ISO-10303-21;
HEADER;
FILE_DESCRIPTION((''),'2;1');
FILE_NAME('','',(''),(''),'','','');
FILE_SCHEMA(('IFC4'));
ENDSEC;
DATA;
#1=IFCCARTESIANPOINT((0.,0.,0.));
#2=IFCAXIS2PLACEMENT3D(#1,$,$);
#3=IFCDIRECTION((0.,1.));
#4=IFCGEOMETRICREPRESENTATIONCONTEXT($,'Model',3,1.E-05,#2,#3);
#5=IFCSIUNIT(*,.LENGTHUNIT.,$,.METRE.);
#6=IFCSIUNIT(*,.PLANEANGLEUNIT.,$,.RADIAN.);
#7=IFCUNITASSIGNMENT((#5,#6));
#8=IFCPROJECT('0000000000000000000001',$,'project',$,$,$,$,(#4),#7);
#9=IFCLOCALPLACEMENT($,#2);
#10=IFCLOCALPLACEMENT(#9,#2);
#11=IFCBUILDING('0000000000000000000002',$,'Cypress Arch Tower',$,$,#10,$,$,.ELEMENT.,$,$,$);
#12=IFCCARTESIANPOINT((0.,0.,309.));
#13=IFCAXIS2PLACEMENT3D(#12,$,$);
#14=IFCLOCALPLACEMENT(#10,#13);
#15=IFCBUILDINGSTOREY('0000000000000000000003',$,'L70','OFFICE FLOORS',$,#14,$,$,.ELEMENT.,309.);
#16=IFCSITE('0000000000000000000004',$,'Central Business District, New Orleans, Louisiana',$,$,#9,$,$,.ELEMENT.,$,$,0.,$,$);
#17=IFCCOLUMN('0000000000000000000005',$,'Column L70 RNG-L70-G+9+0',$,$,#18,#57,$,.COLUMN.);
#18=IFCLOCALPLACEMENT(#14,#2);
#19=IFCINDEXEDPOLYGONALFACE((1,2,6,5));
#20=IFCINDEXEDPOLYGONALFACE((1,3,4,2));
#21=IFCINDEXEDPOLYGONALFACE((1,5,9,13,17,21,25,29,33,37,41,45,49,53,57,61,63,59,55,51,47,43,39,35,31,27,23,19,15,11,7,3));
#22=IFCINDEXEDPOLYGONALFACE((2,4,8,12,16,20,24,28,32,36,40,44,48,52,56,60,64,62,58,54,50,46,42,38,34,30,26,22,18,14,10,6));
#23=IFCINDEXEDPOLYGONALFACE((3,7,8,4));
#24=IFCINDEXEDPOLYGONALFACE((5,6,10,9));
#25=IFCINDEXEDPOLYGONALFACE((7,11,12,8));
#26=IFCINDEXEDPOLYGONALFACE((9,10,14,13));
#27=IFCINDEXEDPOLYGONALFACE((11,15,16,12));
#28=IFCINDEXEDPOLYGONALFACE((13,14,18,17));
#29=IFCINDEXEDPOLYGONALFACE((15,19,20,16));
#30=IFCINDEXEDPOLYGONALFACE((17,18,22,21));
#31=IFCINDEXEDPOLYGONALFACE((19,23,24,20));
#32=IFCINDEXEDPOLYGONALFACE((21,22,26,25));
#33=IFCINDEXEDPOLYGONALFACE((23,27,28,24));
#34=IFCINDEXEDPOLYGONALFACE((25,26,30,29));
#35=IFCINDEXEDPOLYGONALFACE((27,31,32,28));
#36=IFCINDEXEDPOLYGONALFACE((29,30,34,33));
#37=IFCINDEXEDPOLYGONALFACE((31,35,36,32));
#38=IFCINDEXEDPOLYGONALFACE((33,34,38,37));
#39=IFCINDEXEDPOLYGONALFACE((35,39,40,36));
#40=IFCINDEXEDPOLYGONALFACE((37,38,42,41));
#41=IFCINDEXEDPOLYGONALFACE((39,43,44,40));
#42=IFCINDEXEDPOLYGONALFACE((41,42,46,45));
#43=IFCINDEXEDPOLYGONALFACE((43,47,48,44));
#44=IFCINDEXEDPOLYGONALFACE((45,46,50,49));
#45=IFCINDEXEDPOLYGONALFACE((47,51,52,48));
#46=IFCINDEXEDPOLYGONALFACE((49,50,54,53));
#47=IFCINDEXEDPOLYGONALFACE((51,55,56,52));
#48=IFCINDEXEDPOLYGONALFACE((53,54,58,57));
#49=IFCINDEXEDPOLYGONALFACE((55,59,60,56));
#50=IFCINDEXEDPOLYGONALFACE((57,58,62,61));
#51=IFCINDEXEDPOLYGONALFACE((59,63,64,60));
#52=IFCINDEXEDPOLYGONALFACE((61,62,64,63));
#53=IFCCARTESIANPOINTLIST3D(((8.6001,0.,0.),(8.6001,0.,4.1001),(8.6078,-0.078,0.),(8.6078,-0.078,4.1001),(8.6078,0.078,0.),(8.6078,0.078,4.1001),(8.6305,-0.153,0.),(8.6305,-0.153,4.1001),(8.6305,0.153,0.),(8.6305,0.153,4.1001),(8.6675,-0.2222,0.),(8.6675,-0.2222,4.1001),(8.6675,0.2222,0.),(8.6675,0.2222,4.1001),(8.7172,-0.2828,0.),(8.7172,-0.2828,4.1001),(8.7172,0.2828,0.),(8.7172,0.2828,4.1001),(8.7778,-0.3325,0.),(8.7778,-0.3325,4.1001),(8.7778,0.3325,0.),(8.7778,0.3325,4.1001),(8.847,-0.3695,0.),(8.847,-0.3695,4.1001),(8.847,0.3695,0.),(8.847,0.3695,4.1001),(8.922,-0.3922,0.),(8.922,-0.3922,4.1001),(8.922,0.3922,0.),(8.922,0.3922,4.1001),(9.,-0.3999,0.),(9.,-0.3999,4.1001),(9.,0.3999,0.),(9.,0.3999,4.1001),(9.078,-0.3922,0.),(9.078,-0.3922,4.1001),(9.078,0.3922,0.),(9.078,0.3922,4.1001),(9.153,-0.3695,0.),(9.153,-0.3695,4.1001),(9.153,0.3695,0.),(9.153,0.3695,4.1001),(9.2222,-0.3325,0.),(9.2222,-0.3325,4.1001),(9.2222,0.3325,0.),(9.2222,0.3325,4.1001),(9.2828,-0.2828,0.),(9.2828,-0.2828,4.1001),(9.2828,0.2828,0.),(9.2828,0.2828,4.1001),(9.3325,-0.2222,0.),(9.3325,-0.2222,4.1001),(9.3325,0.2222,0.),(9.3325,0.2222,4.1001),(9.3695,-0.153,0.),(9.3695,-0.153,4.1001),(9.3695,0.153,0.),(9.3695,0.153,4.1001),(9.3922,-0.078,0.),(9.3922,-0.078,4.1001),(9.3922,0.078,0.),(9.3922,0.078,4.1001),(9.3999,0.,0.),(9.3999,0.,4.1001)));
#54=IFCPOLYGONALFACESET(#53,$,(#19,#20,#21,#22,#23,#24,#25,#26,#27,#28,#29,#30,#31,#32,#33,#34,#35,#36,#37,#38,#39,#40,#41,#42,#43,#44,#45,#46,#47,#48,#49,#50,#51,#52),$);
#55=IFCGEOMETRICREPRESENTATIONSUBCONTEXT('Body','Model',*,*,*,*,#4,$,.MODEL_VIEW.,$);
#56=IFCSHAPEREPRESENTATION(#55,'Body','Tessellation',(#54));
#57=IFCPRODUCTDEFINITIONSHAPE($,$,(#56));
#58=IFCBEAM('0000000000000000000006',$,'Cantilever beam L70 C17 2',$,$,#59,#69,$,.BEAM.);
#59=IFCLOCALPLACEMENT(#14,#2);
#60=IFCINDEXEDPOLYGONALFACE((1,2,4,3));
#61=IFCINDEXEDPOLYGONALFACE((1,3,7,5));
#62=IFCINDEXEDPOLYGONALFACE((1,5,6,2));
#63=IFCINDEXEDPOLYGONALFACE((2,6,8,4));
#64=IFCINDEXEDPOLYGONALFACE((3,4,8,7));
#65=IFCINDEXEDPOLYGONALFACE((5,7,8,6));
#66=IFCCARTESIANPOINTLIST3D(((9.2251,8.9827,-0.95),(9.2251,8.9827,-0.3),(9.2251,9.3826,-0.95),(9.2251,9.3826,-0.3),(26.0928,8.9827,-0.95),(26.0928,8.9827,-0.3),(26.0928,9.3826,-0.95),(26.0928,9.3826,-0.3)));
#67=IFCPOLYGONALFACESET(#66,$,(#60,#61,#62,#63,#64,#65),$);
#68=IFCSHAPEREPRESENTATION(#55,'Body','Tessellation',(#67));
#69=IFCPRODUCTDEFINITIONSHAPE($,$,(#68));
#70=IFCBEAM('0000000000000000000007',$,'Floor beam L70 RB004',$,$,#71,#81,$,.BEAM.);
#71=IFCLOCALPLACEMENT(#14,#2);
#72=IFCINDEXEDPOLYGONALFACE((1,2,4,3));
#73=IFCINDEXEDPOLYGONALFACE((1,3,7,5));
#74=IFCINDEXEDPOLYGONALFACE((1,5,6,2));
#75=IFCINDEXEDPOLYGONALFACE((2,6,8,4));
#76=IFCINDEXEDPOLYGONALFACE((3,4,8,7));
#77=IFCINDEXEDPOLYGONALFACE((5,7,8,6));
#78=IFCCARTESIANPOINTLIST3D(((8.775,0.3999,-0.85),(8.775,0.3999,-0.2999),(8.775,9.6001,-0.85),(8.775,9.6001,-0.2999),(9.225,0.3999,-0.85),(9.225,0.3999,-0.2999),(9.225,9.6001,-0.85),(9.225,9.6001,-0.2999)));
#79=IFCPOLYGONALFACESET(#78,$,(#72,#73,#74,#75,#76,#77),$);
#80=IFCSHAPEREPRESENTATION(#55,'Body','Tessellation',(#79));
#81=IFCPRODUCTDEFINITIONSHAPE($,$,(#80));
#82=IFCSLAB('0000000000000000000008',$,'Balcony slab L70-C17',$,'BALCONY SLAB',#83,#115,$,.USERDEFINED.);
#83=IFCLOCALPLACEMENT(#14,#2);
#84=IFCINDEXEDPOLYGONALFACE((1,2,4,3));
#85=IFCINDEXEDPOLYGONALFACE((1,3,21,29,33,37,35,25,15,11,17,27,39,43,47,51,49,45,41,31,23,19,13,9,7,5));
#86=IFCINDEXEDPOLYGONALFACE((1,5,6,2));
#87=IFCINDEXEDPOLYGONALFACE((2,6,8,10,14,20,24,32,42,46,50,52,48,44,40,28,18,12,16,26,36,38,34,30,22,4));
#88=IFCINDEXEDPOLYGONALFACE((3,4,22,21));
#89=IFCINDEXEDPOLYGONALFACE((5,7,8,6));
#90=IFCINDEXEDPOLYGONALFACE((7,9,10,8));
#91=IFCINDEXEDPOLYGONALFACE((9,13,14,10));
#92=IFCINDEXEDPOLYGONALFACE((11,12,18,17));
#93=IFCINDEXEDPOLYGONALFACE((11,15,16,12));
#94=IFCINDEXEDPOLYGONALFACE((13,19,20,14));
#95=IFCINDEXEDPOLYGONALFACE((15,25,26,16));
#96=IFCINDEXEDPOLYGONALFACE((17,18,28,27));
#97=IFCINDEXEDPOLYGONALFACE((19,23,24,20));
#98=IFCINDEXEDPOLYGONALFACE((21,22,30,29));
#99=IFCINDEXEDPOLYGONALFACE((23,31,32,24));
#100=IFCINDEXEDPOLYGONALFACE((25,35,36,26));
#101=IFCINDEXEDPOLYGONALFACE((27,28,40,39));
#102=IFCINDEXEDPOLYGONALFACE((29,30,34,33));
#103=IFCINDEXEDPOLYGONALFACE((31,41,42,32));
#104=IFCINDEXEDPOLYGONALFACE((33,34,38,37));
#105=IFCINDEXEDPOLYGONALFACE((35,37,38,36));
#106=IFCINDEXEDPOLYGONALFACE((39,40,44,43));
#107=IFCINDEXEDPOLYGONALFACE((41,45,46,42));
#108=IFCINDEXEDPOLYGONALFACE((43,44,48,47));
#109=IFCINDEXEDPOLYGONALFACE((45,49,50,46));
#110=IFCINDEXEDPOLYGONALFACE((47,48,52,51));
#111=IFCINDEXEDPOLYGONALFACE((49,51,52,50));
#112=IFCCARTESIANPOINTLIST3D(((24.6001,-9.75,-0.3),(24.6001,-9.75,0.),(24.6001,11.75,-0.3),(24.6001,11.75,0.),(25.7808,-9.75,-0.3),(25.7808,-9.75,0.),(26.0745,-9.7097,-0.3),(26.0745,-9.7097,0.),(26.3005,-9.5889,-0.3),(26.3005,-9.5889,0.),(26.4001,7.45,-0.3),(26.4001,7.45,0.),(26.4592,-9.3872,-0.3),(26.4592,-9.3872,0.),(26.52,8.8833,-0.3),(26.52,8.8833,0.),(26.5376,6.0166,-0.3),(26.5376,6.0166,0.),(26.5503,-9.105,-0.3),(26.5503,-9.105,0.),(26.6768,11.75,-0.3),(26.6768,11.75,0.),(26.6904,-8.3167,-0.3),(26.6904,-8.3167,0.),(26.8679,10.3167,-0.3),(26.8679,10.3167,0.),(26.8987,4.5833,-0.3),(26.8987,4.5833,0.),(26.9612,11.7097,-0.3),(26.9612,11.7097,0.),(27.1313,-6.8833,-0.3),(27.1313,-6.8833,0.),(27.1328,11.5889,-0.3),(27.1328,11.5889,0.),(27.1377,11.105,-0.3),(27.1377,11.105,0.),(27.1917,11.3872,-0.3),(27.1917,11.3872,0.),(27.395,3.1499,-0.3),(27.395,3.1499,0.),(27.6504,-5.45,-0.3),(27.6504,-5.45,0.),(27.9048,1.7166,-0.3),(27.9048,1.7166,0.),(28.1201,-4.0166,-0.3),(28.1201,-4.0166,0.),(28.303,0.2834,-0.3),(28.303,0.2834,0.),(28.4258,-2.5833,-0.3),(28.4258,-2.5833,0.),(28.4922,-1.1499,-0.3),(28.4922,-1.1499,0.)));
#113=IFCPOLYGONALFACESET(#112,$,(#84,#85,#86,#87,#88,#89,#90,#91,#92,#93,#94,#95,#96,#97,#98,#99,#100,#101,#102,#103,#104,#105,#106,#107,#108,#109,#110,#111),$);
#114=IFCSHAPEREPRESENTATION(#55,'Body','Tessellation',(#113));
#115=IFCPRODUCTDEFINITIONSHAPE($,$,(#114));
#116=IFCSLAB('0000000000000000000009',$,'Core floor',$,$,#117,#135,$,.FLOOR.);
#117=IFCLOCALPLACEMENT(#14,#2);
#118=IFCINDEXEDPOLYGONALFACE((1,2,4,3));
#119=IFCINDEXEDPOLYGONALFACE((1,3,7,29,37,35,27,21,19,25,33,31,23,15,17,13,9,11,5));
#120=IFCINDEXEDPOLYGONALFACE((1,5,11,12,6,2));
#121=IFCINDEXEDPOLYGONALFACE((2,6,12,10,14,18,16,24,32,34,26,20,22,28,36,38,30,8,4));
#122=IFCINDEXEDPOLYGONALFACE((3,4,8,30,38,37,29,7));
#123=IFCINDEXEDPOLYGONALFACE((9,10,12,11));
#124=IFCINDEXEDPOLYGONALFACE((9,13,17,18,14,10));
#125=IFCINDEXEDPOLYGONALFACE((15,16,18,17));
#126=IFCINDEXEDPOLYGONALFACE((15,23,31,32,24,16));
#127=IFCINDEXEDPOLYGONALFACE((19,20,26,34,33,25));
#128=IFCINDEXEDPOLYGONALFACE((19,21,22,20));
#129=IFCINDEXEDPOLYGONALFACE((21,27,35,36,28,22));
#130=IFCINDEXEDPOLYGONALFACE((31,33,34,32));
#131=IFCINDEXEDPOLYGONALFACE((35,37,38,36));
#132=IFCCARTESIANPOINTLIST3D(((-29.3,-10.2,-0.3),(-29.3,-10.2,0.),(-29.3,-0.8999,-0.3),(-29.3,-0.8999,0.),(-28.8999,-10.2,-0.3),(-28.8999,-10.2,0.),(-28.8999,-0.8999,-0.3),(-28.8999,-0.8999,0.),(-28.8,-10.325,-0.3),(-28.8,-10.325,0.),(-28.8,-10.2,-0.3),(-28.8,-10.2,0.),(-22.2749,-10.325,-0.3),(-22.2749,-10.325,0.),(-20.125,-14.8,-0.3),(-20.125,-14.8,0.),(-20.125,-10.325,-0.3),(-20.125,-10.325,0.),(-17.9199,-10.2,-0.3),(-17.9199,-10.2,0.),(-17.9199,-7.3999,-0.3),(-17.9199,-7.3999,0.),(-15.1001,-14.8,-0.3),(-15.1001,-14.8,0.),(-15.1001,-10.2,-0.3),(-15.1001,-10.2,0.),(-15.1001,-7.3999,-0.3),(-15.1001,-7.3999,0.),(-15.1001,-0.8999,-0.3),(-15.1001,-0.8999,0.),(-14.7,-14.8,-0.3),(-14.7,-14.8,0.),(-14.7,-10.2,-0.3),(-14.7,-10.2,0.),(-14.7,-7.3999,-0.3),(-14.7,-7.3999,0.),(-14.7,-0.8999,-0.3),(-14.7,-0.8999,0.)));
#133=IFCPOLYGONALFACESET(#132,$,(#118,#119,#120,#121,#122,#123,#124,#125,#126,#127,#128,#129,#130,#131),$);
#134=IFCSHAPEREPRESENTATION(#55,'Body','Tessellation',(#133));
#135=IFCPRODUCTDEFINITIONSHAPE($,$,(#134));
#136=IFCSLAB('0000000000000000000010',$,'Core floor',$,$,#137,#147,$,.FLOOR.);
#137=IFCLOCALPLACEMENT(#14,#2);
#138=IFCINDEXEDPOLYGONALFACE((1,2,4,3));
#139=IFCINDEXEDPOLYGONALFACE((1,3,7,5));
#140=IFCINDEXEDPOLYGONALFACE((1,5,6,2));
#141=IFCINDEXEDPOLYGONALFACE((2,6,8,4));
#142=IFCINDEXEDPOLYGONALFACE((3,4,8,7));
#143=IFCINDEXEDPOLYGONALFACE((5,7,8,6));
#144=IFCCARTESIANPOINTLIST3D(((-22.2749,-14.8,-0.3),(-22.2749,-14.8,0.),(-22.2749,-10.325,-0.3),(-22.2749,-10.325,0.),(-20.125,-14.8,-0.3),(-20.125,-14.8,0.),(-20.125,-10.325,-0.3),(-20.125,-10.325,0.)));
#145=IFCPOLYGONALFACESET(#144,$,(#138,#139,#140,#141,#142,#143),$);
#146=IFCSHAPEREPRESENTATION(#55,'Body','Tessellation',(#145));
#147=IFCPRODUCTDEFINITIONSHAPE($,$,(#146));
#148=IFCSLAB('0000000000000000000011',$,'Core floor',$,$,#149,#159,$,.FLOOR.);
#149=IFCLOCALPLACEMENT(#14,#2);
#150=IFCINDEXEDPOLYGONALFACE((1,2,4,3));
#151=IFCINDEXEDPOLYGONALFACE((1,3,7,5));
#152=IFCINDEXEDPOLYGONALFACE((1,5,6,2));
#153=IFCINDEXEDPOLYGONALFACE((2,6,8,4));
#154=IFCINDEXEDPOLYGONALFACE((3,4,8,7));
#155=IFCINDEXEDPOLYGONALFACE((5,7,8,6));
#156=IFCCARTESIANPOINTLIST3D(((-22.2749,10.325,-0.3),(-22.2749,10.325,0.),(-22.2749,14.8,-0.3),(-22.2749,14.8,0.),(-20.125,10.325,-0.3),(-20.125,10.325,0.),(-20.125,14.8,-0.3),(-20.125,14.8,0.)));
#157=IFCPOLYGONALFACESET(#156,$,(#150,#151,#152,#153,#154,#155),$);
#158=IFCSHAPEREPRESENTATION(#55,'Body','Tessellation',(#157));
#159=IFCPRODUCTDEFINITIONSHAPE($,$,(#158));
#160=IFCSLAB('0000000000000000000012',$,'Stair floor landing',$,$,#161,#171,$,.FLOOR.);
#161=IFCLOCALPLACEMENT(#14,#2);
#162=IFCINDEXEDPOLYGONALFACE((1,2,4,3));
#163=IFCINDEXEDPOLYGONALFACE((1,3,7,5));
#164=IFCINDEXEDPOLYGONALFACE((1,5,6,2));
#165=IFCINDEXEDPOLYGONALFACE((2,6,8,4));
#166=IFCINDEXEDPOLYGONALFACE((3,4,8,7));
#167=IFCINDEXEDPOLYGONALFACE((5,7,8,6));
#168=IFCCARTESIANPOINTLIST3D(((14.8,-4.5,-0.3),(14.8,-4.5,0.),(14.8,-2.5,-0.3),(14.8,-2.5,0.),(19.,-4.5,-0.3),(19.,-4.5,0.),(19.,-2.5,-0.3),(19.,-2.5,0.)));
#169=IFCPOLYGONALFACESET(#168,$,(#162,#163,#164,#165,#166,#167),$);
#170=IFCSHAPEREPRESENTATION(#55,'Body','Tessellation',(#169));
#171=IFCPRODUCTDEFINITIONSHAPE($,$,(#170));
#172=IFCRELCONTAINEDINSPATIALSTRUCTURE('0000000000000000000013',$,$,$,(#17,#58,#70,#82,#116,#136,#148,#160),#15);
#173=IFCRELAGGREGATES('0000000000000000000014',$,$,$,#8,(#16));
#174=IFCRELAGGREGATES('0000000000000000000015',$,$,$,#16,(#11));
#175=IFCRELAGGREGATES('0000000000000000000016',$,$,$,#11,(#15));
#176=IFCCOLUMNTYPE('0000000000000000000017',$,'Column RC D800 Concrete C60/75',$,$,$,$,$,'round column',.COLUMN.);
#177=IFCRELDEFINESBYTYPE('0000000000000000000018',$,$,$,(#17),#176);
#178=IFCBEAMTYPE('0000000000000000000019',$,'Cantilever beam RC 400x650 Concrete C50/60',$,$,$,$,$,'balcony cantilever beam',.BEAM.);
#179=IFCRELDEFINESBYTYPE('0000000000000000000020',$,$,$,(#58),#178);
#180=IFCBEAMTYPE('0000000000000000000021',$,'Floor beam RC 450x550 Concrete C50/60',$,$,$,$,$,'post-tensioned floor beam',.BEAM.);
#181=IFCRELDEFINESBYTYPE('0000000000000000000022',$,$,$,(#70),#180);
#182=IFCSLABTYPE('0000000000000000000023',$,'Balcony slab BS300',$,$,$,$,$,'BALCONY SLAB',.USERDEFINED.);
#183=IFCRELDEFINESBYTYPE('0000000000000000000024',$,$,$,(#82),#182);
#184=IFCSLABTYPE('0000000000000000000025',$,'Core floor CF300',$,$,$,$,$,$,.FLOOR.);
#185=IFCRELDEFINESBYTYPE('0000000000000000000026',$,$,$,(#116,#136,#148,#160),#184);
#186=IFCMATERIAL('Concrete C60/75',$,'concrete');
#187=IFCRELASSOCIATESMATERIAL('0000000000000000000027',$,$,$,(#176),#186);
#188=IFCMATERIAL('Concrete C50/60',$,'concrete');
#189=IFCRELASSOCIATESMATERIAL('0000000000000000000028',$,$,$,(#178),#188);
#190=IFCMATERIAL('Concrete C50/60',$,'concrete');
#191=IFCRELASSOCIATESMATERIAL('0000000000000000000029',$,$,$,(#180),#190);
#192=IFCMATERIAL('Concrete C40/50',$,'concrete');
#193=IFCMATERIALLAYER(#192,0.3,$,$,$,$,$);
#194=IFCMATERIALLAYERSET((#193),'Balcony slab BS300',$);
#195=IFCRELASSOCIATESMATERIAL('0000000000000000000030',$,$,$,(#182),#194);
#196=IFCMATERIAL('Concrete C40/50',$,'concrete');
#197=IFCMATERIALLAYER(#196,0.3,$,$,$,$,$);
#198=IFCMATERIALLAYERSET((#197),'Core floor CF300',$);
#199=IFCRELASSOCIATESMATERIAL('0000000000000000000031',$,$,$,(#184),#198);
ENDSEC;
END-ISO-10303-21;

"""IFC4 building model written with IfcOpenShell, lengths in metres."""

from ifc_helpers import new_model, si_unit, direction, frame, origin, origin_2d, place, context, subcontext, project, spatial, polyline, rectangle, circle, outline, extrude, material, layer, layer_set, material_profile, profile_set, type_object, element, save


model = new_model("IFC4")

# Units and contexts
model_context = context("Model", 3, precision=1e-05, world=origin(), true_north=direction((0.0, 1.0)))
body_context = subcontext(model_context, "Body", "Model", "MODEL_VIEW")
ifc_project = project(units=[si_unit("LENGTHUNIT", "METRE"), si_unit("PLANEANGLEUNIT", "RADIAN")], contexts=[model_context])

# Site, building, storey
site_placement = place(None, origin())
site = spatial("IfcSite", under=ifc_project, at=site_placement, Name="Central Business District, New Orleans, Louisiana", CompositionType="ELEMENT", RefElevation=0.0)
building_placement = place(site_placement, origin())
building = spatial("IfcBuilding", under=site, at=building_placement, Name="Cypress Arch Tower", CompositionType="ELEMENT")
storey_placement = place(building_placement, frame((0.0, 0.0, 309.0)))
storey = spatial("IfcBuildingStorey", under=building, at=storey_placement, Name="L70", Description="OFFICE FLOORS", CompositionType="ELEMENT", Elevation=309.0)

# Column
ifc_material_1 = material(Name="Concrete C60/75", Category="concrete")
ifc_material_profile_1 = material_profile(ifc_material_1, circle(Radius=0.3999, at=origin_2d()), Name="RC D800")
ifc_profile_set_1 = profile_set([ifc_material_profile_1], Name="Concrete C60/75")
column_type = type_object("IfcColumnType", Name="Column RC D800 Concrete C60/75", ElementType="round column", PredefinedType="COLUMN", material=ifc_profile_set_1)
column_placement = place(storey_placement, frame((9.0, 0.0, 0.0), z_axis=(0.0, 0.0, 1.0), x_axis=(1.0, 0.0, 0.0)))
element("IfcColumn", 1, at=column_placement, inside=storey, type_object=column_type, Name="Column L70 RNG-L70-G+9+0", PredefinedType="COLUMN", context=body_context, shape_type="SweptSolid", body=[
    extrude(circle(Radius=0.3999, at=origin_2d()), origin(), (0.0, 0.0, 1.0), 4.1001),
])

# Beams
ifc_material_2 = material(Name="Concrete C50/60", Category="concrete")
ifc_material_profile_2 = material_profile(ifc_material_2, rectangle(XDim=0.3999, YDim=0.6499, at=origin_2d()), Name="RC 400x650")
ifc_profile_set_2 = profile_set([ifc_material_profile_2], Name="Concrete C50/60")
beam_type_1 = type_object("IfcBeamType", Name="Cantilever beam RC 400x650 Concrete C50/60", ElementType="balcony cantilever beam", PredefinedType="BEAM", material=ifc_profile_set_2)
beam_1_placement = place(storey_placement, frame((9.2251, 9.1826, -0.625), z_axis=(1.0, 0.0, 0.0), x_axis=(0.0, 1.0, 0.0)))
element("IfcBeam", 2, at=beam_1_placement, inside=storey, type_object=beam_type_1, Name="Cantilever beam L70 C17 2", PredefinedType="BEAM", context=body_context, shape_type="SweptSolid", body=[
    extrude(rectangle(XDim=0.3999, YDim=0.6499, at=origin_2d()), origin(), (0.0, 0.0, 1.0), 16.8677),
])
ifc_material_3 = material(Name="Concrete C50/60", Category="concrete")
ifc_material_profile_3 = material_profile(ifc_material_3, rectangle(XDim=0.45, YDim=0.55, at=origin_2d()), Name="RC 450x550")
ifc_profile_set_3 = profile_set([ifc_material_profile_3], Name="Concrete C50/60")
beam_type_2 = type_object("IfcBeamType", Name="Floor beam RC 450x550 Concrete C50/60", ElementType="post-tensioned floor beam", PredefinedType="BEAM", material=ifc_profile_set_3)
beam_2_placement = place(storey_placement, frame((9.0, 0.3999, -0.575), z_axis=(0.0, 1.0, 0.0), x_axis=(-1.0, 0.0, 0.0)))
element("IfcBeam", 3, at=beam_2_placement, inside=storey, type_object=beam_type_2, Name="Floor beam L70 RB004", PredefinedType="BEAM", context=body_context, shape_type="SweptSolid", body=[
    extrude(rectangle(XDim=0.45, YDim=0.55, at=origin_2d()), origin(), (0.0, 0.0, 1.0), 9.2002),
])

# Slabs
ifc_material_4 = material(Name="Concrete C40/50", Category="concrete")
ifc_layer_1 = layer(ifc_material_4, 0.3)
ifc_layer_set_1 = layer_set([ifc_layer_1], Name="Balcony slab BS300")
slab_type_1 = type_object("IfcSlabType", Name="Balcony slab BS300", ElementType="BALCONY SLAB", PredefinedType="USERDEFINED", material=ifc_layer_set_1)
slab_1_placement = place(storey_placement, frame((0.0, 0.0, -0.3)))
element("IfcSlab", 4, at=slab_1_placement, inside=storey, type_object=slab_type_1, Name="Balcony slab L70-C17", ObjectType="BALCONY SLAB", PredefinedType="USERDEFINED", context=body_context, shape_type="SweptSolid", body=[
    extrude(outline(polyline([(24.6001, -9.75), (25.7808, -9.75), (26.0745, -9.7097), (26.3005, -9.5889), (26.4592, -9.3872), (26.5503, -9.105), (26.6904, -8.3167), (27.1313, -6.8833), (27.6504, -5.45), (28.1201, -4.0166), (28.4258, -2.5833), (28.4922, -1.1499), (28.303, 0.2834), (27.9048, 1.7166), (27.395, 3.1499), (26.8987, 4.5833), (26.5376, 6.0166), (26.4001, 7.45), (26.52, 8.8833), (26.8679, 10.3167), (27.1377, 11.105), (27.1917, 11.3872), (27.1328, 11.5889), (26.9612, 11.7097), (26.6768, 11.75), (24.6001, 11.75), (24.6001, -9.75)])), origin(), (0.0, 0.0, 1.0), 0.3),
])
ifc_material_5 = material(Name="Concrete C40/50", Category="concrete")
ifc_layer_2 = layer(ifc_material_5, 0.3)
ifc_layer_set_2 = layer_set([ifc_layer_2], Name="Core floor CF300")
slab_type_2 = type_object("IfcSlabType", Name="Core floor CF300", PredefinedType="FLOOR", material=ifc_layer_set_2)
slab_2_placement = place(storey_placement, frame((0.0, 0.0, -0.3)))
element("IfcSlab", 5, at=slab_2_placement, inside=storey, type_object=slab_type_2, Name="Core floor", PredefinedType="FLOOR", context=body_context, shape_type="SweptSolid", body=[
    extrude(outline(polyline([(-28.8999, -10.2), (-29.3, -10.2), (-29.3, -0.8999), (-28.8999, -0.8999), (-15.1001, -0.8999), (-14.7, -0.8999), (-14.7, -7.3999), (-15.1001, -7.3999), (-17.9199, -7.3999), (-17.9199, -10.2), (-15.1001, -10.2), (-14.7, -10.2), (-14.7, -14.8), (-15.1001, -14.8), (-20.125, -14.8), (-20.125, -10.325), (-22.2749, -10.325), (-28.8, -10.325), (-28.8, -10.2), (-28.8999, -10.2)])), origin(), (0.0, 0.0, 1.0), 0.3),
])
slab_3_placement = place(storey_placement, frame((0.0, 0.0, -0.3)))
element("IfcSlab", 6, at=slab_3_placement, inside=storey, type_object=slab_type_2, Name="Core floor", PredefinedType="FLOOR", context=body_context, shape_type="SweptSolid", body=[
    extrude(outline(polyline([(-22.2749, -10.325), (-22.2749, -14.8), (-20.125, -14.8), (-20.125, -10.325), (-22.2749, -10.325)])), origin(), (0.0, 0.0, 1.0), 0.3),
])
slab_4_placement = place(storey_placement, frame((0.0, 0.0, -0.3)))
element("IfcSlab", 7, at=slab_4_placement, inside=storey, type_object=slab_type_2, Name="Core floor", PredefinedType="FLOOR", context=body_context, shape_type="SweptSolid", body=[
    extrude(outline(polyline([(-20.125, 14.8), (-22.2749, 14.8), (-22.2749, 10.325), (-20.125, 10.325), (-20.125, 14.8)])), origin(), (0.0, 0.0, 1.0), 0.3),
])
slab_5_placement = place(storey_placement, frame((0.0, 0.0, -0.3)))
element("IfcSlab", 8, at=slab_5_placement, inside=storey, type_object=slab_type_2, Name="Stair floor landing", PredefinedType="FLOOR", context=body_context, shape_type="SweptSolid", body=[
    extrude(outline(polyline([(19.0, -4.5), (19.0, -2.5), (14.8, -2.5), (14.8, -4.5), (19.0, -4.5)])), origin(), (0.0, 0.0, 1.0), 0.3),
])

save(model, "model.ifc")
